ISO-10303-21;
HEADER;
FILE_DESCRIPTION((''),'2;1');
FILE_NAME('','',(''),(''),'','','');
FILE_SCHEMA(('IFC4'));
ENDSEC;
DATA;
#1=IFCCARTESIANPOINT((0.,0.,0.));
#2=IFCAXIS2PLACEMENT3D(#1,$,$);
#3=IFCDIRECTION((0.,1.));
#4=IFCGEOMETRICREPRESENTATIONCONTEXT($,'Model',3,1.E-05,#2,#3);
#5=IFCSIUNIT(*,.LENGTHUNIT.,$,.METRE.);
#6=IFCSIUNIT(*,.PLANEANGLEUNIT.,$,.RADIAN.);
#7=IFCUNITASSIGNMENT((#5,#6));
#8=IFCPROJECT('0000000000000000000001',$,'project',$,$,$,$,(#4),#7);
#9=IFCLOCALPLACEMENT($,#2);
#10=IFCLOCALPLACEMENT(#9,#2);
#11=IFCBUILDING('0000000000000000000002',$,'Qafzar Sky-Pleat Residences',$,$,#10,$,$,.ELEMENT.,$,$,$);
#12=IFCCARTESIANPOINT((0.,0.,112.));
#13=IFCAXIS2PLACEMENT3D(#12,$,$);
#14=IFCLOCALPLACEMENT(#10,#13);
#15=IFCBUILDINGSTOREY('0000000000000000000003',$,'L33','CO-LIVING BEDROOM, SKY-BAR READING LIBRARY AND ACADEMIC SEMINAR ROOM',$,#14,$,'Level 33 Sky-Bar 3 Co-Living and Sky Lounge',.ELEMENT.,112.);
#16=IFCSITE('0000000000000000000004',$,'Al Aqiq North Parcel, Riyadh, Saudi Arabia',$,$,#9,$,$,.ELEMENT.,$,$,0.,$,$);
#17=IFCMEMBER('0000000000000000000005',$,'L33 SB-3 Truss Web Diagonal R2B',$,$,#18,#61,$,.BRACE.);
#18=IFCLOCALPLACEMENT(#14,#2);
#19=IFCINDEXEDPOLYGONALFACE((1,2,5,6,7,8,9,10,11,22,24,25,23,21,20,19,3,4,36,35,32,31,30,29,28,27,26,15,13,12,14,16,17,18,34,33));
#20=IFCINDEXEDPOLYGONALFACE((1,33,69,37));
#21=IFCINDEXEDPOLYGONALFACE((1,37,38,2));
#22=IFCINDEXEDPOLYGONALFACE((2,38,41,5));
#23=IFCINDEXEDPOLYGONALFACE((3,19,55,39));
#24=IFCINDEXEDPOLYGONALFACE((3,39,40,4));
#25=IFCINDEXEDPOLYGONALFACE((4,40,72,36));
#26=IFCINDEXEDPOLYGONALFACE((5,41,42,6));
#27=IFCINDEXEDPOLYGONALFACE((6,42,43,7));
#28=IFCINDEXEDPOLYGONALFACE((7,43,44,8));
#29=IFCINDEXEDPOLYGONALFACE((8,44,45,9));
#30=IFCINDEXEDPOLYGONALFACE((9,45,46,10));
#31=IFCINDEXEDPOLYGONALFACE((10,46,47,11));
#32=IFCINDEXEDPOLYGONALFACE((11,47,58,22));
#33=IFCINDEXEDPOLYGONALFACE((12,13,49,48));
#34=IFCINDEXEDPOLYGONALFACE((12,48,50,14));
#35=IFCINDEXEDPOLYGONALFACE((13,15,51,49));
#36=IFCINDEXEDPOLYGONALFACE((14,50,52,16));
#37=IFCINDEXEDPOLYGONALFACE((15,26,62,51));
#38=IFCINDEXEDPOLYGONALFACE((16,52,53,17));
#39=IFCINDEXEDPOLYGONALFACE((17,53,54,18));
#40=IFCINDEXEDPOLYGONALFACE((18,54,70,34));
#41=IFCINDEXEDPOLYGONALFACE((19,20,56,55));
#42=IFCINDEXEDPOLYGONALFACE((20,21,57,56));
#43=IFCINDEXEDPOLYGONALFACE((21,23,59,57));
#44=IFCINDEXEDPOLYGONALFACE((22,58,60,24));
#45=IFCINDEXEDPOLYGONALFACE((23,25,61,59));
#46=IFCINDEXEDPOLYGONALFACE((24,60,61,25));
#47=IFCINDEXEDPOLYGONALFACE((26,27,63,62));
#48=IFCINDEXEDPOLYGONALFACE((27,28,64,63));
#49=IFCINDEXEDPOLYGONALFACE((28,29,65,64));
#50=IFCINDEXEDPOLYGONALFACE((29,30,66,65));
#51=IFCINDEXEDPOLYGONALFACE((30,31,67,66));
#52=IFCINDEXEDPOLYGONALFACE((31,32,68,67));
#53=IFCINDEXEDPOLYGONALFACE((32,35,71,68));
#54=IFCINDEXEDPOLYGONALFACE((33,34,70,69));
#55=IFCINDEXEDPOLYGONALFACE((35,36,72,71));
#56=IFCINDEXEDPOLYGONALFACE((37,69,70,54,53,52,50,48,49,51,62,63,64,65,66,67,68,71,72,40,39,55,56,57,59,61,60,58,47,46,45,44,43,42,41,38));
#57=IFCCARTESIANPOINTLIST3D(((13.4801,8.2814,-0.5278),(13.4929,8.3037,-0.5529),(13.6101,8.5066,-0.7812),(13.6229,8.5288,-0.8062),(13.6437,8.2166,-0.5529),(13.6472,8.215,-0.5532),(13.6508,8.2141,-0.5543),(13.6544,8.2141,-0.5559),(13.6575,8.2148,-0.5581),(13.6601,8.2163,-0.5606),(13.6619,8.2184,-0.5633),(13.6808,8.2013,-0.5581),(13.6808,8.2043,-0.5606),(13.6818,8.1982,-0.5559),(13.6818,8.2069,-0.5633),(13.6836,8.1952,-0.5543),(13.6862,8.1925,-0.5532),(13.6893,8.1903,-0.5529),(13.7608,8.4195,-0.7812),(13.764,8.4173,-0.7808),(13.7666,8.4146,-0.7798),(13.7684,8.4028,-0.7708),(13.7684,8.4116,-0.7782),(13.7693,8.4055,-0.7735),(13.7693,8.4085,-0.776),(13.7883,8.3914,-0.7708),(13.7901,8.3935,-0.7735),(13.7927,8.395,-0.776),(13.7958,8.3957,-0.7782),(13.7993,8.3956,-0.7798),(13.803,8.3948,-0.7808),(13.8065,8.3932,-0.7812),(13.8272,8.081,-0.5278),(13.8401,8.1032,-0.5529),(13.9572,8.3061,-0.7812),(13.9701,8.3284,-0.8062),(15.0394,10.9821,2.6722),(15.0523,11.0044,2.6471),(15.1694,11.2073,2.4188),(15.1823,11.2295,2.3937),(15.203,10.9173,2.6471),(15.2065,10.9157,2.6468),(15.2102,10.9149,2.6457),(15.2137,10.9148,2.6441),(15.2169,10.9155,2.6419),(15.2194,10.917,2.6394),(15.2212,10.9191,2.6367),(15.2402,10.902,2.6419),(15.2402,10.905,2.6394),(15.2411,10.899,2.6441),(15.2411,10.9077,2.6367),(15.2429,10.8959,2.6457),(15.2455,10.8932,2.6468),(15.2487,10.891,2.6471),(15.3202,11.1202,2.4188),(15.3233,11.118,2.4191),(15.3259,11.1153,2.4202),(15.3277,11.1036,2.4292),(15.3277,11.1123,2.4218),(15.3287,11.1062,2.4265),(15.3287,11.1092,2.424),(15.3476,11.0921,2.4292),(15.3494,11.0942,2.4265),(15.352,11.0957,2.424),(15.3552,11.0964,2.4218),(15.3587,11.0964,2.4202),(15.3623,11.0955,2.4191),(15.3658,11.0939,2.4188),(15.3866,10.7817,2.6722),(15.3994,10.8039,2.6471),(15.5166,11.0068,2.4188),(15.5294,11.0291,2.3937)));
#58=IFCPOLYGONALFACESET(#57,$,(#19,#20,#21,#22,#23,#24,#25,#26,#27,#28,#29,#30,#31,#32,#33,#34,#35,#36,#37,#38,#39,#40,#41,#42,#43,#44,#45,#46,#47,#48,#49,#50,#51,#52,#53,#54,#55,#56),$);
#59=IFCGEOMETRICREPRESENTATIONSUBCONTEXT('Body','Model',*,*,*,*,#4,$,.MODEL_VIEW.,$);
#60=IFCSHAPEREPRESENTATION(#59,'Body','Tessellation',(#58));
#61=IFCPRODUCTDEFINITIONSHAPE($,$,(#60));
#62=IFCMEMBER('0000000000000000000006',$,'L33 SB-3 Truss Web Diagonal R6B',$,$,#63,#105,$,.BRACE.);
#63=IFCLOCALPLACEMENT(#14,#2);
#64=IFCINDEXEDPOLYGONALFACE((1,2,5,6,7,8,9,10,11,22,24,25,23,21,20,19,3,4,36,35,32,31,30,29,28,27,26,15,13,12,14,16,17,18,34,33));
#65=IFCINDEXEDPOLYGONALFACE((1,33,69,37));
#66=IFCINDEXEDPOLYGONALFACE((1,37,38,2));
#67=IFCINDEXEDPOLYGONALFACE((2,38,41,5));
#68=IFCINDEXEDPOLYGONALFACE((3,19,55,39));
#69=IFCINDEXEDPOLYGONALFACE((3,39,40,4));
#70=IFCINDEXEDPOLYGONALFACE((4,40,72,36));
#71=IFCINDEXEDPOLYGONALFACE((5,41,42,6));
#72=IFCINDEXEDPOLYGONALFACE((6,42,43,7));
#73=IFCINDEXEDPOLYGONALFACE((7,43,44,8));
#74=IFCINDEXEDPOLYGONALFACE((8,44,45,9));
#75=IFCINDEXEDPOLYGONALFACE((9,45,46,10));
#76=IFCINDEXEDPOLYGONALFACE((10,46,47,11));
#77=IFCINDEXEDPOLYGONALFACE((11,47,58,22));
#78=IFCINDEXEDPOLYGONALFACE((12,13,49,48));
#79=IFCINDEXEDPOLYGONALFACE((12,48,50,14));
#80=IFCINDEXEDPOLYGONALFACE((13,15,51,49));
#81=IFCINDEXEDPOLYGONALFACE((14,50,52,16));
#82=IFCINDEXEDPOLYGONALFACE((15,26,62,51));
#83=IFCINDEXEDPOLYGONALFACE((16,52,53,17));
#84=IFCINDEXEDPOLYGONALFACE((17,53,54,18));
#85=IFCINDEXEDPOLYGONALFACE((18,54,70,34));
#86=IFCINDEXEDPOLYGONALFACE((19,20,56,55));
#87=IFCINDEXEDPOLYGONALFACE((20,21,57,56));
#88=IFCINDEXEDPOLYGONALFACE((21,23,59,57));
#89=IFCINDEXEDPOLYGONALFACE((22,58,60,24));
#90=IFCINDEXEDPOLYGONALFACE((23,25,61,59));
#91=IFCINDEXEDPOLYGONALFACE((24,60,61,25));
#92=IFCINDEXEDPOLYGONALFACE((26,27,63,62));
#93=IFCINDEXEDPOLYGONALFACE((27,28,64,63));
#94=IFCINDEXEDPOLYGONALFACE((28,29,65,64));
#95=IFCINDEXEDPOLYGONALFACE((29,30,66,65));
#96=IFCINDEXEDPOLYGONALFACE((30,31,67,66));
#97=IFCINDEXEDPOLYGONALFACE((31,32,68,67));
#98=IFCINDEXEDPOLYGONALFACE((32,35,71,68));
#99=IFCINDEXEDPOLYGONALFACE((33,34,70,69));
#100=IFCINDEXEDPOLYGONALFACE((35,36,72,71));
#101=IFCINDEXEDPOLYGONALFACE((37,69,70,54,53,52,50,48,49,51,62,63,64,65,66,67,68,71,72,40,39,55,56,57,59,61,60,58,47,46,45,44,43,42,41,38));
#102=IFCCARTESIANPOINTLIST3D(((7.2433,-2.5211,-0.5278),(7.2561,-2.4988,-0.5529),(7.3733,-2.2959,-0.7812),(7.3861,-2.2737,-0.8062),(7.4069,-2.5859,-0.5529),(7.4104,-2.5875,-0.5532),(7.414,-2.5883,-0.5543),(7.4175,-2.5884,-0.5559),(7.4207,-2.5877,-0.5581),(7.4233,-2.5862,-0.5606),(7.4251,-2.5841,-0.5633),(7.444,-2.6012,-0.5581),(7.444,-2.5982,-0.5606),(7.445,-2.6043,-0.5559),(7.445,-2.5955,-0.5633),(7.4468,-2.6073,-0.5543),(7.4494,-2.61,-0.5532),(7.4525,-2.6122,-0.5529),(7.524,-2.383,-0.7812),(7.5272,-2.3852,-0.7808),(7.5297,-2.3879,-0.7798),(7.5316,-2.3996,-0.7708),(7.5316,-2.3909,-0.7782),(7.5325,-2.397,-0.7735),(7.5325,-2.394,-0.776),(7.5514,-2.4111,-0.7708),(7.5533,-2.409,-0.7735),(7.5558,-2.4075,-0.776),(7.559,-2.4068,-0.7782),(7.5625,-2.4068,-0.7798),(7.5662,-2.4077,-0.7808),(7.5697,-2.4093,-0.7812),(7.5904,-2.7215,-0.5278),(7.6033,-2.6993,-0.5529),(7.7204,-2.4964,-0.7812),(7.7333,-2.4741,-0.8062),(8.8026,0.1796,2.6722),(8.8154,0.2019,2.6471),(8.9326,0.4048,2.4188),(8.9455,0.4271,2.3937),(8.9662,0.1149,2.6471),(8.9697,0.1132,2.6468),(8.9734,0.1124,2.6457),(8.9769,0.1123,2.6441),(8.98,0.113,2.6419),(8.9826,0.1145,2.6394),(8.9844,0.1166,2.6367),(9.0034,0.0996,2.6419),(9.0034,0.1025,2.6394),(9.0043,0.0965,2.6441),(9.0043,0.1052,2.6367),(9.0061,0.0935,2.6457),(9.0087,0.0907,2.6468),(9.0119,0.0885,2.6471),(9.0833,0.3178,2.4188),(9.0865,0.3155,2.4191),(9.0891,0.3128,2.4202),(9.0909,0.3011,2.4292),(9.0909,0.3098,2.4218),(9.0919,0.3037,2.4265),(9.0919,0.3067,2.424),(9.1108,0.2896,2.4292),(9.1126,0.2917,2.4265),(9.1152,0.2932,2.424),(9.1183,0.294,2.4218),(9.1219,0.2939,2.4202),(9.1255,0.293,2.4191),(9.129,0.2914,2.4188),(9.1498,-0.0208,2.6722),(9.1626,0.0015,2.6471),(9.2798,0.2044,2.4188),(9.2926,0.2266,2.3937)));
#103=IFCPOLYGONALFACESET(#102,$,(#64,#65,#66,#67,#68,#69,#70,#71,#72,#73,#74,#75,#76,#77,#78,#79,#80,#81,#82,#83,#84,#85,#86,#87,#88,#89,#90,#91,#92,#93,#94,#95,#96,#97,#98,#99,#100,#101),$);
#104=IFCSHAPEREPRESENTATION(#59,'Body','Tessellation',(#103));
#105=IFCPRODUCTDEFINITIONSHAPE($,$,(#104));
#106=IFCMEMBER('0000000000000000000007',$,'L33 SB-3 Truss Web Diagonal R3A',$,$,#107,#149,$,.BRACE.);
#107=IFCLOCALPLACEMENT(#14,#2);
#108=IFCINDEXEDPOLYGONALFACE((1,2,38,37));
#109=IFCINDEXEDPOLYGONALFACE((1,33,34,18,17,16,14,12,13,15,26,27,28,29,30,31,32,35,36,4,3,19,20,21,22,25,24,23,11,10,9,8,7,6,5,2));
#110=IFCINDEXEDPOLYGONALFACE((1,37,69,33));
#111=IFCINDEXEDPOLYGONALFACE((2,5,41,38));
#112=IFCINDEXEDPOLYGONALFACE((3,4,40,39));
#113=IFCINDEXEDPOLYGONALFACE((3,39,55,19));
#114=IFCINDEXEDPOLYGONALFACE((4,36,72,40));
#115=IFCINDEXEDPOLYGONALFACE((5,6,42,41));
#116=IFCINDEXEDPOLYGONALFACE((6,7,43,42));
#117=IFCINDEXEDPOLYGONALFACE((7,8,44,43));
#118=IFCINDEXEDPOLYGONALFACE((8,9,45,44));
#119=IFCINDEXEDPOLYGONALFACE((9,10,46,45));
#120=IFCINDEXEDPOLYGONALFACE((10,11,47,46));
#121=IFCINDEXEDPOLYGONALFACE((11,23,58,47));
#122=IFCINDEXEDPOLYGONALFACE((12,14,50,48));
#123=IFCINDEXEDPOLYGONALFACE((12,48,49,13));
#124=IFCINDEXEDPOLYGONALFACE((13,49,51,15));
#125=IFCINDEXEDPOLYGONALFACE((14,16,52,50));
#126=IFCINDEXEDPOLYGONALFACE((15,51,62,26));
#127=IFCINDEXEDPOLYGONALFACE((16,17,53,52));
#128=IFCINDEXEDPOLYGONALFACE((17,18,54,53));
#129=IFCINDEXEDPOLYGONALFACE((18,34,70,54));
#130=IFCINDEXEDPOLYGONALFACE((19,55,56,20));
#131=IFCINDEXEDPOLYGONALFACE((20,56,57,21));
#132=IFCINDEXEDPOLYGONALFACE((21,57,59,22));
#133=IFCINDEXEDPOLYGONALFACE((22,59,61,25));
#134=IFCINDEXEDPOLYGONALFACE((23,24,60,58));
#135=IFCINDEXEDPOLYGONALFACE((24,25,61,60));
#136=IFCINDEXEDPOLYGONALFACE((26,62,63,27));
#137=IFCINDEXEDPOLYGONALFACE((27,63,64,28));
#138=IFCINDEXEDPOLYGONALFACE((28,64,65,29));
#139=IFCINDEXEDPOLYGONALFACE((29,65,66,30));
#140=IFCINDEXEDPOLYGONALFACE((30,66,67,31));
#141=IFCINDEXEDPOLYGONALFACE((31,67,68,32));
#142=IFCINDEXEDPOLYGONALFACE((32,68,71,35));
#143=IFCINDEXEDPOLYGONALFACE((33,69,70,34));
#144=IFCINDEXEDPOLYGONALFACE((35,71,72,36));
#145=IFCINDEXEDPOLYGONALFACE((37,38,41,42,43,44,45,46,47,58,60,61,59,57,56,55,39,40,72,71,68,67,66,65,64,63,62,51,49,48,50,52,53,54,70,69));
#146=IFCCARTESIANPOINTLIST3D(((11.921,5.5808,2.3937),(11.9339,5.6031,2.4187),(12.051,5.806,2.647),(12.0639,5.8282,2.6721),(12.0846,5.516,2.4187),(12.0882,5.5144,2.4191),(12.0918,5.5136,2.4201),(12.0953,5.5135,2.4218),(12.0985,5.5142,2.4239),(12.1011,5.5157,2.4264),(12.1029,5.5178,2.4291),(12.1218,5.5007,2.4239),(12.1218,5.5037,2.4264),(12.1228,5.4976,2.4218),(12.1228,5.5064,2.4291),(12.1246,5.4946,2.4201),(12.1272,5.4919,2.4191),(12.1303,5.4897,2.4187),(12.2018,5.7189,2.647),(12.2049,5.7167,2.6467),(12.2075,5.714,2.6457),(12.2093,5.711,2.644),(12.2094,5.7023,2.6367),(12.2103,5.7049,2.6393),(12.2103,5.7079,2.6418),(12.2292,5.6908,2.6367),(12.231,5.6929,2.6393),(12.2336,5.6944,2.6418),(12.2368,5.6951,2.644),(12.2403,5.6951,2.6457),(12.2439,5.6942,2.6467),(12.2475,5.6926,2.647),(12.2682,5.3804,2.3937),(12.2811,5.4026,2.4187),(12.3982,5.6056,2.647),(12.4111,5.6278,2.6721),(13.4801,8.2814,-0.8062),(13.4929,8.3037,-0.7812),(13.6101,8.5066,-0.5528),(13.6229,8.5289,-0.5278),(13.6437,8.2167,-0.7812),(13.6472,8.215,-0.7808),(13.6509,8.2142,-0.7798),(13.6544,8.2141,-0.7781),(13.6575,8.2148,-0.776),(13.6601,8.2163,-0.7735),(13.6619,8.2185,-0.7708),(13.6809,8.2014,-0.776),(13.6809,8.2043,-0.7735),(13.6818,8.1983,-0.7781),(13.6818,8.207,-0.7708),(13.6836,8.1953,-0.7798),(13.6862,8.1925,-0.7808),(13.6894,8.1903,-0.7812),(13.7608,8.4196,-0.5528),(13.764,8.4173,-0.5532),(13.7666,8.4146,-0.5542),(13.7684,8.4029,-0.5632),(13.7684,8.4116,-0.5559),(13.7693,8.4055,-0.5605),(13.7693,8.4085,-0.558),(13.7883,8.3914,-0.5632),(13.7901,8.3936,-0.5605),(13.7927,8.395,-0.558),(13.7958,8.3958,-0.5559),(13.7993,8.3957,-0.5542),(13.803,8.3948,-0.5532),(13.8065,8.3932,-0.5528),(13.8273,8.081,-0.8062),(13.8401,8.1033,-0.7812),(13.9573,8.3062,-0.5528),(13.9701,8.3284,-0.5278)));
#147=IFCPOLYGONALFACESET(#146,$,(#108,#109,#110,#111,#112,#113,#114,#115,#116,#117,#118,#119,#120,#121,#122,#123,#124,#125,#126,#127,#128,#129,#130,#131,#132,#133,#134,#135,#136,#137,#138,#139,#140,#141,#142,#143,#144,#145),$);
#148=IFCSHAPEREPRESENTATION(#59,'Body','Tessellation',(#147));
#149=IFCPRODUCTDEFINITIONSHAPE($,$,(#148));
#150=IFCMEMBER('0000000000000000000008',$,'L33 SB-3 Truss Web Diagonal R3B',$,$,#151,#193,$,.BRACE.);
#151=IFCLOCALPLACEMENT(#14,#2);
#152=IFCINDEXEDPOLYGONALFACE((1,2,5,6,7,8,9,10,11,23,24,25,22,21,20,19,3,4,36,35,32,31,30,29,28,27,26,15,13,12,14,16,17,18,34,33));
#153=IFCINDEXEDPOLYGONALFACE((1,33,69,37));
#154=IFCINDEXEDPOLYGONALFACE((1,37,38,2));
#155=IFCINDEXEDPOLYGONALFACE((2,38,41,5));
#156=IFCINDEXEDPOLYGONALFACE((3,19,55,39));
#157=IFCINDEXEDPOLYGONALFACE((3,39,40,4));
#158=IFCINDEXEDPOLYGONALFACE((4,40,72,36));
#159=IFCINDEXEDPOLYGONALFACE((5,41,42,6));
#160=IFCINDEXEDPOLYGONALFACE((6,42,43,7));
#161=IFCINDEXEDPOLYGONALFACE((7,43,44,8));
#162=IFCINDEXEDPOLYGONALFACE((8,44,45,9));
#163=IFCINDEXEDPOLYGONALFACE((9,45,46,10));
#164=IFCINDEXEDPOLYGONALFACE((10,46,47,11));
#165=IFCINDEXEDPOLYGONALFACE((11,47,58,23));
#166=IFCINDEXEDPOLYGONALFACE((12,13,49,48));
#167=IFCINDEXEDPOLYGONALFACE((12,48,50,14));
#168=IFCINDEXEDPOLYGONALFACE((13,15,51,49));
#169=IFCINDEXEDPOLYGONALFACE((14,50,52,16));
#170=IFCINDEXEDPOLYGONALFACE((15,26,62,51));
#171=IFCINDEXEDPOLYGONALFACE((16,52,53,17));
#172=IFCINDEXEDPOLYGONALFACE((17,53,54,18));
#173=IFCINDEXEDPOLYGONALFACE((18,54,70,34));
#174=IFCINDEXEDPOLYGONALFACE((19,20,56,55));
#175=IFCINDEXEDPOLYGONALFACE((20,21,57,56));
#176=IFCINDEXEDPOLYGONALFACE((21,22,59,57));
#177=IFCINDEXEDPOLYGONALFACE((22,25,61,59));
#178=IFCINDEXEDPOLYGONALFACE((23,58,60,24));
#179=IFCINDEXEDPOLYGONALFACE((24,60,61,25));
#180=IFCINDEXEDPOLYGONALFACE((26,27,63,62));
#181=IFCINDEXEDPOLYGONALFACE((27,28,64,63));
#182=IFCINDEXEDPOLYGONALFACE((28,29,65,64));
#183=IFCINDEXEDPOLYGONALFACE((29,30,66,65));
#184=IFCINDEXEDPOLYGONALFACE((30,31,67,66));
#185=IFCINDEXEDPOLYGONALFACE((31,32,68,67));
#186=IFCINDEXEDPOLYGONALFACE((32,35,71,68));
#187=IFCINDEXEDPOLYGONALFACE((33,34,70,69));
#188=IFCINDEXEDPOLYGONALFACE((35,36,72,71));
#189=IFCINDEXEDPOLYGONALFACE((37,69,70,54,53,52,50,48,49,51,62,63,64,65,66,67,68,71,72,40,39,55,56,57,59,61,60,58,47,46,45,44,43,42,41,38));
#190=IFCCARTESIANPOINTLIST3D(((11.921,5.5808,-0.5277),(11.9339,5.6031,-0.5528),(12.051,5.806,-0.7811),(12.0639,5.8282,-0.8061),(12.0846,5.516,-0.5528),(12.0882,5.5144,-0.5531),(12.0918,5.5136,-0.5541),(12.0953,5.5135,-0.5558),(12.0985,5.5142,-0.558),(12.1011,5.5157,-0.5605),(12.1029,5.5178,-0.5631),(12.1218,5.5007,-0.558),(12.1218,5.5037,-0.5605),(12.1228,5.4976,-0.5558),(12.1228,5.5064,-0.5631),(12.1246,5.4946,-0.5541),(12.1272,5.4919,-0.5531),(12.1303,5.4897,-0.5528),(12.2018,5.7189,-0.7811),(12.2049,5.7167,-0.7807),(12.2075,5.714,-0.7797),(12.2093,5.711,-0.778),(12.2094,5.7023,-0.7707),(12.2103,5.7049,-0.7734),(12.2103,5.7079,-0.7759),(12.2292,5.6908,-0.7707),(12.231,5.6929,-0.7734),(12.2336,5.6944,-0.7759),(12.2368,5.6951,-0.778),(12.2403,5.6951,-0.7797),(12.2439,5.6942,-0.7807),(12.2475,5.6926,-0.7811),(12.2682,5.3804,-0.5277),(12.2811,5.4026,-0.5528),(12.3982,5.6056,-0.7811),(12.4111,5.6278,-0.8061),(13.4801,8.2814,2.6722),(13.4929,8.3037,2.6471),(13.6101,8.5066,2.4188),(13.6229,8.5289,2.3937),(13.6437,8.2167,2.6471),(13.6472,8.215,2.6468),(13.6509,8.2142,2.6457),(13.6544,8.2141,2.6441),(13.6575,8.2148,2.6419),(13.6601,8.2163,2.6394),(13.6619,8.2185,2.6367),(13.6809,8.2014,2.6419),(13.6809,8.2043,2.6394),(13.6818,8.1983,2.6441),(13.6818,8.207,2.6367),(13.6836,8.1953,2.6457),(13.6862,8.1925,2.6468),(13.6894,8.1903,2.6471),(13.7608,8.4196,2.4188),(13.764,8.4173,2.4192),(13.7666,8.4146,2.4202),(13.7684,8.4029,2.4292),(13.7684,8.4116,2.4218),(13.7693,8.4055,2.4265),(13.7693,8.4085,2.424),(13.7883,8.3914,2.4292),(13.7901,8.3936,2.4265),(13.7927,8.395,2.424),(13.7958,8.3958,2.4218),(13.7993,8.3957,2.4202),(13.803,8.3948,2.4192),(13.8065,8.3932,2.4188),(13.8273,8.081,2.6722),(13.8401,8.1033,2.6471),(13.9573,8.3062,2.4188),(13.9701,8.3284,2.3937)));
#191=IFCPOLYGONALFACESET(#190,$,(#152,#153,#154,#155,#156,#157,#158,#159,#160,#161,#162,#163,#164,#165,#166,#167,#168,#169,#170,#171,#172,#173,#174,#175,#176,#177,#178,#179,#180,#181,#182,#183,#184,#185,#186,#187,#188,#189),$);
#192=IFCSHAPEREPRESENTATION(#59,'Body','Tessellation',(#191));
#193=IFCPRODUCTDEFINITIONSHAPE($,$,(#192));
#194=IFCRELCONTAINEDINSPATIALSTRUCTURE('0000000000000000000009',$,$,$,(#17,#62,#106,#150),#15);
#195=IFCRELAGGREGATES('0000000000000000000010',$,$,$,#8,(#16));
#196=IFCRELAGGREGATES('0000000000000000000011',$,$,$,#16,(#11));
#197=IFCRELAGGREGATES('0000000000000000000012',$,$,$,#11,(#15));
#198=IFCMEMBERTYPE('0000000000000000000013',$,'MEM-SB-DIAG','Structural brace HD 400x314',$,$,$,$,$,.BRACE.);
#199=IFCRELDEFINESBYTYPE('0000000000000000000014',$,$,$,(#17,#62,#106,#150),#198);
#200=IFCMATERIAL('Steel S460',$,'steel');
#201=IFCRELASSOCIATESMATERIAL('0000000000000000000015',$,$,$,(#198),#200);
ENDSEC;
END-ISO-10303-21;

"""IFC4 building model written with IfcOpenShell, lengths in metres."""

from ifc_helpers import new_model, si_unit, direction, frame, origin, origin_2d, place, context, subcontext, project, spatial, i_section, extrude, source, transform, mapped, material, material_profile, profile_set, type_object, element, save


model = new_model("IFC4")

# Units and contexts
model_context = context("Model", 3, precision=1e-05, world=origin(), true_north=direction((0.0, 1.0)))
body_context = subcontext(model_context, "Body", "Model", "MODEL_VIEW")
ifc_project = project(units=[si_unit("LENGTHUNIT", "METRE"), si_unit("PLANEANGLEUNIT", "RADIAN")], contexts=[model_context])

# Site, building, storey
site_placement = place(None, origin())
site = spatial("IfcSite", under=ifc_project, at=site_placement, Name="Al Aqiq North Parcel, Riyadh, Saudi Arabia", CompositionType="ELEMENT", RefElevation=0.0)
building_placement = place(site_placement, origin())
building = spatial("IfcBuilding", under=site, at=building_placement, Name="Qafzar Sky-Pleat Residences", CompositionType="ELEMENT")
storey_placement = place(building_placement, frame((0.0, 0.0, 112.0)))
storey = spatial("IfcBuildingStorey", under=building, at=storey_placement, Name="L33", Description="CO-LIVING BEDROOM, SKY-BAR READING LIBRARY AND ACADEMIC SEMINAR ROOM", LongName="Level 33 Sky-Bar 3 Co-Living and Sky Lounge", CompositionType="ELEMENT", Elevation=112.0)

# Shared definitions
ifc_material_1 = material(Name="Steel S460", Category="steel")

# Members
ifc_material_profile_1 = material_profile(ifc_material_1, i_section(OverallWidth=0.4009, OverallDepth=0.3989, WebThickness=0.0229, FlangeThickness=0.0359, FilletRadius=0.0149, at=origin_2d()), Name="HD 400x314")
ifc_profile_set_1 = profile_set([ifc_material_profile_1], Name="Steel S460")
member_type = type_object("IfcMemberType", Name="MEM-SB-DIAG", Description="Structural brace HD 400x314", PredefinedType="BRACE", material=ifc_profile_set_1)
shared_shape_1 = source(origin(), body_context, "Body", "SweptSolid", [
    extrude(i_section(OverallWidth=0.4009, OverallDepth=0.3989, WebThickness=0.0229, FlangeThickness=0.0359, FilletRadius=0.0149, at=origin_2d()), origin(), (0.0, 0.0, 1.0), 4.4683),
])
for number, where, z_axis, x_axis, name in (
    (1, (15.2844, 11.0056, 2.533), (-0.348982, -0.604422, -0.71616), (0.866013, -0.500021, 0.0), "L33 SB-3 Truss Web Diagonal R2B"),
    (2, (9.0476, 0.2031, 2.533), (-0.348982, -0.604422, -0.71616), (0.866013, -0.500021, 0.0), "L33 SB-3 Truss Web Diagonal R6B"),
):
    element("IfcMember", number, at=place(storey_placement, frame(where, z_axis=z_axis, x_axis=x_axis)), inside=storey, type_object=member_type, Name=name, PredefinedType="BRACE", context=body_context, shape_type="MappedRepresentation", body=[
        mapped(shared_shape_1, transform((0.0, 0.0, 0.0), x_axis=(1.0, 0.0, 0.0), y_axis=(0.0, 1.0, 0.0), z_axis=(0.0, 0.0, 1.0), scale=1.0)),
    ])
shared_shape_2 = source(origin(), body_context, "Body", "SweptSolid", [
    extrude(i_section(OverallWidth=0.4009, OverallDepth=0.3989, WebThickness=0.0229, FlangeThickness=0.0359, FilletRadius=0.0149, at=origin_2d()), origin(), (0.0, 0.0, 1.0), 4.468),
])
for number, where, z_axis, x_axis, name in (
    (3, (13.7251, 8.3049, -0.667), (-0.348935, -0.604434, 0.716174), (0.866047, -0.499962, 0.0), "L33 SB-3 Truss Web Diagonal R3A"),
    (4, (13.7251, 8.3049, 2.533), (-0.348935, -0.604434, -0.716174), (0.866047, -0.499962, 0.0), "L33 SB-3 Truss Web Diagonal R3B"),
):
    element("IfcMember", number, at=place(storey_placement, frame(where, z_axis=z_axis, x_axis=x_axis)), inside=storey, type_object=member_type, Name=name, PredefinedType="BRACE", context=body_context, shape_type="MappedRepresentation", body=[
        mapped(shared_shape_2, transform((0.0, 0.0, 0.0), x_axis=(1.0, 0.0, 0.0), y_axis=(0.0, 1.0, 0.0), z_axis=(0.0, 0.0, 1.0), scale=1.0)),
    ])

save(model, "model.ifc")
